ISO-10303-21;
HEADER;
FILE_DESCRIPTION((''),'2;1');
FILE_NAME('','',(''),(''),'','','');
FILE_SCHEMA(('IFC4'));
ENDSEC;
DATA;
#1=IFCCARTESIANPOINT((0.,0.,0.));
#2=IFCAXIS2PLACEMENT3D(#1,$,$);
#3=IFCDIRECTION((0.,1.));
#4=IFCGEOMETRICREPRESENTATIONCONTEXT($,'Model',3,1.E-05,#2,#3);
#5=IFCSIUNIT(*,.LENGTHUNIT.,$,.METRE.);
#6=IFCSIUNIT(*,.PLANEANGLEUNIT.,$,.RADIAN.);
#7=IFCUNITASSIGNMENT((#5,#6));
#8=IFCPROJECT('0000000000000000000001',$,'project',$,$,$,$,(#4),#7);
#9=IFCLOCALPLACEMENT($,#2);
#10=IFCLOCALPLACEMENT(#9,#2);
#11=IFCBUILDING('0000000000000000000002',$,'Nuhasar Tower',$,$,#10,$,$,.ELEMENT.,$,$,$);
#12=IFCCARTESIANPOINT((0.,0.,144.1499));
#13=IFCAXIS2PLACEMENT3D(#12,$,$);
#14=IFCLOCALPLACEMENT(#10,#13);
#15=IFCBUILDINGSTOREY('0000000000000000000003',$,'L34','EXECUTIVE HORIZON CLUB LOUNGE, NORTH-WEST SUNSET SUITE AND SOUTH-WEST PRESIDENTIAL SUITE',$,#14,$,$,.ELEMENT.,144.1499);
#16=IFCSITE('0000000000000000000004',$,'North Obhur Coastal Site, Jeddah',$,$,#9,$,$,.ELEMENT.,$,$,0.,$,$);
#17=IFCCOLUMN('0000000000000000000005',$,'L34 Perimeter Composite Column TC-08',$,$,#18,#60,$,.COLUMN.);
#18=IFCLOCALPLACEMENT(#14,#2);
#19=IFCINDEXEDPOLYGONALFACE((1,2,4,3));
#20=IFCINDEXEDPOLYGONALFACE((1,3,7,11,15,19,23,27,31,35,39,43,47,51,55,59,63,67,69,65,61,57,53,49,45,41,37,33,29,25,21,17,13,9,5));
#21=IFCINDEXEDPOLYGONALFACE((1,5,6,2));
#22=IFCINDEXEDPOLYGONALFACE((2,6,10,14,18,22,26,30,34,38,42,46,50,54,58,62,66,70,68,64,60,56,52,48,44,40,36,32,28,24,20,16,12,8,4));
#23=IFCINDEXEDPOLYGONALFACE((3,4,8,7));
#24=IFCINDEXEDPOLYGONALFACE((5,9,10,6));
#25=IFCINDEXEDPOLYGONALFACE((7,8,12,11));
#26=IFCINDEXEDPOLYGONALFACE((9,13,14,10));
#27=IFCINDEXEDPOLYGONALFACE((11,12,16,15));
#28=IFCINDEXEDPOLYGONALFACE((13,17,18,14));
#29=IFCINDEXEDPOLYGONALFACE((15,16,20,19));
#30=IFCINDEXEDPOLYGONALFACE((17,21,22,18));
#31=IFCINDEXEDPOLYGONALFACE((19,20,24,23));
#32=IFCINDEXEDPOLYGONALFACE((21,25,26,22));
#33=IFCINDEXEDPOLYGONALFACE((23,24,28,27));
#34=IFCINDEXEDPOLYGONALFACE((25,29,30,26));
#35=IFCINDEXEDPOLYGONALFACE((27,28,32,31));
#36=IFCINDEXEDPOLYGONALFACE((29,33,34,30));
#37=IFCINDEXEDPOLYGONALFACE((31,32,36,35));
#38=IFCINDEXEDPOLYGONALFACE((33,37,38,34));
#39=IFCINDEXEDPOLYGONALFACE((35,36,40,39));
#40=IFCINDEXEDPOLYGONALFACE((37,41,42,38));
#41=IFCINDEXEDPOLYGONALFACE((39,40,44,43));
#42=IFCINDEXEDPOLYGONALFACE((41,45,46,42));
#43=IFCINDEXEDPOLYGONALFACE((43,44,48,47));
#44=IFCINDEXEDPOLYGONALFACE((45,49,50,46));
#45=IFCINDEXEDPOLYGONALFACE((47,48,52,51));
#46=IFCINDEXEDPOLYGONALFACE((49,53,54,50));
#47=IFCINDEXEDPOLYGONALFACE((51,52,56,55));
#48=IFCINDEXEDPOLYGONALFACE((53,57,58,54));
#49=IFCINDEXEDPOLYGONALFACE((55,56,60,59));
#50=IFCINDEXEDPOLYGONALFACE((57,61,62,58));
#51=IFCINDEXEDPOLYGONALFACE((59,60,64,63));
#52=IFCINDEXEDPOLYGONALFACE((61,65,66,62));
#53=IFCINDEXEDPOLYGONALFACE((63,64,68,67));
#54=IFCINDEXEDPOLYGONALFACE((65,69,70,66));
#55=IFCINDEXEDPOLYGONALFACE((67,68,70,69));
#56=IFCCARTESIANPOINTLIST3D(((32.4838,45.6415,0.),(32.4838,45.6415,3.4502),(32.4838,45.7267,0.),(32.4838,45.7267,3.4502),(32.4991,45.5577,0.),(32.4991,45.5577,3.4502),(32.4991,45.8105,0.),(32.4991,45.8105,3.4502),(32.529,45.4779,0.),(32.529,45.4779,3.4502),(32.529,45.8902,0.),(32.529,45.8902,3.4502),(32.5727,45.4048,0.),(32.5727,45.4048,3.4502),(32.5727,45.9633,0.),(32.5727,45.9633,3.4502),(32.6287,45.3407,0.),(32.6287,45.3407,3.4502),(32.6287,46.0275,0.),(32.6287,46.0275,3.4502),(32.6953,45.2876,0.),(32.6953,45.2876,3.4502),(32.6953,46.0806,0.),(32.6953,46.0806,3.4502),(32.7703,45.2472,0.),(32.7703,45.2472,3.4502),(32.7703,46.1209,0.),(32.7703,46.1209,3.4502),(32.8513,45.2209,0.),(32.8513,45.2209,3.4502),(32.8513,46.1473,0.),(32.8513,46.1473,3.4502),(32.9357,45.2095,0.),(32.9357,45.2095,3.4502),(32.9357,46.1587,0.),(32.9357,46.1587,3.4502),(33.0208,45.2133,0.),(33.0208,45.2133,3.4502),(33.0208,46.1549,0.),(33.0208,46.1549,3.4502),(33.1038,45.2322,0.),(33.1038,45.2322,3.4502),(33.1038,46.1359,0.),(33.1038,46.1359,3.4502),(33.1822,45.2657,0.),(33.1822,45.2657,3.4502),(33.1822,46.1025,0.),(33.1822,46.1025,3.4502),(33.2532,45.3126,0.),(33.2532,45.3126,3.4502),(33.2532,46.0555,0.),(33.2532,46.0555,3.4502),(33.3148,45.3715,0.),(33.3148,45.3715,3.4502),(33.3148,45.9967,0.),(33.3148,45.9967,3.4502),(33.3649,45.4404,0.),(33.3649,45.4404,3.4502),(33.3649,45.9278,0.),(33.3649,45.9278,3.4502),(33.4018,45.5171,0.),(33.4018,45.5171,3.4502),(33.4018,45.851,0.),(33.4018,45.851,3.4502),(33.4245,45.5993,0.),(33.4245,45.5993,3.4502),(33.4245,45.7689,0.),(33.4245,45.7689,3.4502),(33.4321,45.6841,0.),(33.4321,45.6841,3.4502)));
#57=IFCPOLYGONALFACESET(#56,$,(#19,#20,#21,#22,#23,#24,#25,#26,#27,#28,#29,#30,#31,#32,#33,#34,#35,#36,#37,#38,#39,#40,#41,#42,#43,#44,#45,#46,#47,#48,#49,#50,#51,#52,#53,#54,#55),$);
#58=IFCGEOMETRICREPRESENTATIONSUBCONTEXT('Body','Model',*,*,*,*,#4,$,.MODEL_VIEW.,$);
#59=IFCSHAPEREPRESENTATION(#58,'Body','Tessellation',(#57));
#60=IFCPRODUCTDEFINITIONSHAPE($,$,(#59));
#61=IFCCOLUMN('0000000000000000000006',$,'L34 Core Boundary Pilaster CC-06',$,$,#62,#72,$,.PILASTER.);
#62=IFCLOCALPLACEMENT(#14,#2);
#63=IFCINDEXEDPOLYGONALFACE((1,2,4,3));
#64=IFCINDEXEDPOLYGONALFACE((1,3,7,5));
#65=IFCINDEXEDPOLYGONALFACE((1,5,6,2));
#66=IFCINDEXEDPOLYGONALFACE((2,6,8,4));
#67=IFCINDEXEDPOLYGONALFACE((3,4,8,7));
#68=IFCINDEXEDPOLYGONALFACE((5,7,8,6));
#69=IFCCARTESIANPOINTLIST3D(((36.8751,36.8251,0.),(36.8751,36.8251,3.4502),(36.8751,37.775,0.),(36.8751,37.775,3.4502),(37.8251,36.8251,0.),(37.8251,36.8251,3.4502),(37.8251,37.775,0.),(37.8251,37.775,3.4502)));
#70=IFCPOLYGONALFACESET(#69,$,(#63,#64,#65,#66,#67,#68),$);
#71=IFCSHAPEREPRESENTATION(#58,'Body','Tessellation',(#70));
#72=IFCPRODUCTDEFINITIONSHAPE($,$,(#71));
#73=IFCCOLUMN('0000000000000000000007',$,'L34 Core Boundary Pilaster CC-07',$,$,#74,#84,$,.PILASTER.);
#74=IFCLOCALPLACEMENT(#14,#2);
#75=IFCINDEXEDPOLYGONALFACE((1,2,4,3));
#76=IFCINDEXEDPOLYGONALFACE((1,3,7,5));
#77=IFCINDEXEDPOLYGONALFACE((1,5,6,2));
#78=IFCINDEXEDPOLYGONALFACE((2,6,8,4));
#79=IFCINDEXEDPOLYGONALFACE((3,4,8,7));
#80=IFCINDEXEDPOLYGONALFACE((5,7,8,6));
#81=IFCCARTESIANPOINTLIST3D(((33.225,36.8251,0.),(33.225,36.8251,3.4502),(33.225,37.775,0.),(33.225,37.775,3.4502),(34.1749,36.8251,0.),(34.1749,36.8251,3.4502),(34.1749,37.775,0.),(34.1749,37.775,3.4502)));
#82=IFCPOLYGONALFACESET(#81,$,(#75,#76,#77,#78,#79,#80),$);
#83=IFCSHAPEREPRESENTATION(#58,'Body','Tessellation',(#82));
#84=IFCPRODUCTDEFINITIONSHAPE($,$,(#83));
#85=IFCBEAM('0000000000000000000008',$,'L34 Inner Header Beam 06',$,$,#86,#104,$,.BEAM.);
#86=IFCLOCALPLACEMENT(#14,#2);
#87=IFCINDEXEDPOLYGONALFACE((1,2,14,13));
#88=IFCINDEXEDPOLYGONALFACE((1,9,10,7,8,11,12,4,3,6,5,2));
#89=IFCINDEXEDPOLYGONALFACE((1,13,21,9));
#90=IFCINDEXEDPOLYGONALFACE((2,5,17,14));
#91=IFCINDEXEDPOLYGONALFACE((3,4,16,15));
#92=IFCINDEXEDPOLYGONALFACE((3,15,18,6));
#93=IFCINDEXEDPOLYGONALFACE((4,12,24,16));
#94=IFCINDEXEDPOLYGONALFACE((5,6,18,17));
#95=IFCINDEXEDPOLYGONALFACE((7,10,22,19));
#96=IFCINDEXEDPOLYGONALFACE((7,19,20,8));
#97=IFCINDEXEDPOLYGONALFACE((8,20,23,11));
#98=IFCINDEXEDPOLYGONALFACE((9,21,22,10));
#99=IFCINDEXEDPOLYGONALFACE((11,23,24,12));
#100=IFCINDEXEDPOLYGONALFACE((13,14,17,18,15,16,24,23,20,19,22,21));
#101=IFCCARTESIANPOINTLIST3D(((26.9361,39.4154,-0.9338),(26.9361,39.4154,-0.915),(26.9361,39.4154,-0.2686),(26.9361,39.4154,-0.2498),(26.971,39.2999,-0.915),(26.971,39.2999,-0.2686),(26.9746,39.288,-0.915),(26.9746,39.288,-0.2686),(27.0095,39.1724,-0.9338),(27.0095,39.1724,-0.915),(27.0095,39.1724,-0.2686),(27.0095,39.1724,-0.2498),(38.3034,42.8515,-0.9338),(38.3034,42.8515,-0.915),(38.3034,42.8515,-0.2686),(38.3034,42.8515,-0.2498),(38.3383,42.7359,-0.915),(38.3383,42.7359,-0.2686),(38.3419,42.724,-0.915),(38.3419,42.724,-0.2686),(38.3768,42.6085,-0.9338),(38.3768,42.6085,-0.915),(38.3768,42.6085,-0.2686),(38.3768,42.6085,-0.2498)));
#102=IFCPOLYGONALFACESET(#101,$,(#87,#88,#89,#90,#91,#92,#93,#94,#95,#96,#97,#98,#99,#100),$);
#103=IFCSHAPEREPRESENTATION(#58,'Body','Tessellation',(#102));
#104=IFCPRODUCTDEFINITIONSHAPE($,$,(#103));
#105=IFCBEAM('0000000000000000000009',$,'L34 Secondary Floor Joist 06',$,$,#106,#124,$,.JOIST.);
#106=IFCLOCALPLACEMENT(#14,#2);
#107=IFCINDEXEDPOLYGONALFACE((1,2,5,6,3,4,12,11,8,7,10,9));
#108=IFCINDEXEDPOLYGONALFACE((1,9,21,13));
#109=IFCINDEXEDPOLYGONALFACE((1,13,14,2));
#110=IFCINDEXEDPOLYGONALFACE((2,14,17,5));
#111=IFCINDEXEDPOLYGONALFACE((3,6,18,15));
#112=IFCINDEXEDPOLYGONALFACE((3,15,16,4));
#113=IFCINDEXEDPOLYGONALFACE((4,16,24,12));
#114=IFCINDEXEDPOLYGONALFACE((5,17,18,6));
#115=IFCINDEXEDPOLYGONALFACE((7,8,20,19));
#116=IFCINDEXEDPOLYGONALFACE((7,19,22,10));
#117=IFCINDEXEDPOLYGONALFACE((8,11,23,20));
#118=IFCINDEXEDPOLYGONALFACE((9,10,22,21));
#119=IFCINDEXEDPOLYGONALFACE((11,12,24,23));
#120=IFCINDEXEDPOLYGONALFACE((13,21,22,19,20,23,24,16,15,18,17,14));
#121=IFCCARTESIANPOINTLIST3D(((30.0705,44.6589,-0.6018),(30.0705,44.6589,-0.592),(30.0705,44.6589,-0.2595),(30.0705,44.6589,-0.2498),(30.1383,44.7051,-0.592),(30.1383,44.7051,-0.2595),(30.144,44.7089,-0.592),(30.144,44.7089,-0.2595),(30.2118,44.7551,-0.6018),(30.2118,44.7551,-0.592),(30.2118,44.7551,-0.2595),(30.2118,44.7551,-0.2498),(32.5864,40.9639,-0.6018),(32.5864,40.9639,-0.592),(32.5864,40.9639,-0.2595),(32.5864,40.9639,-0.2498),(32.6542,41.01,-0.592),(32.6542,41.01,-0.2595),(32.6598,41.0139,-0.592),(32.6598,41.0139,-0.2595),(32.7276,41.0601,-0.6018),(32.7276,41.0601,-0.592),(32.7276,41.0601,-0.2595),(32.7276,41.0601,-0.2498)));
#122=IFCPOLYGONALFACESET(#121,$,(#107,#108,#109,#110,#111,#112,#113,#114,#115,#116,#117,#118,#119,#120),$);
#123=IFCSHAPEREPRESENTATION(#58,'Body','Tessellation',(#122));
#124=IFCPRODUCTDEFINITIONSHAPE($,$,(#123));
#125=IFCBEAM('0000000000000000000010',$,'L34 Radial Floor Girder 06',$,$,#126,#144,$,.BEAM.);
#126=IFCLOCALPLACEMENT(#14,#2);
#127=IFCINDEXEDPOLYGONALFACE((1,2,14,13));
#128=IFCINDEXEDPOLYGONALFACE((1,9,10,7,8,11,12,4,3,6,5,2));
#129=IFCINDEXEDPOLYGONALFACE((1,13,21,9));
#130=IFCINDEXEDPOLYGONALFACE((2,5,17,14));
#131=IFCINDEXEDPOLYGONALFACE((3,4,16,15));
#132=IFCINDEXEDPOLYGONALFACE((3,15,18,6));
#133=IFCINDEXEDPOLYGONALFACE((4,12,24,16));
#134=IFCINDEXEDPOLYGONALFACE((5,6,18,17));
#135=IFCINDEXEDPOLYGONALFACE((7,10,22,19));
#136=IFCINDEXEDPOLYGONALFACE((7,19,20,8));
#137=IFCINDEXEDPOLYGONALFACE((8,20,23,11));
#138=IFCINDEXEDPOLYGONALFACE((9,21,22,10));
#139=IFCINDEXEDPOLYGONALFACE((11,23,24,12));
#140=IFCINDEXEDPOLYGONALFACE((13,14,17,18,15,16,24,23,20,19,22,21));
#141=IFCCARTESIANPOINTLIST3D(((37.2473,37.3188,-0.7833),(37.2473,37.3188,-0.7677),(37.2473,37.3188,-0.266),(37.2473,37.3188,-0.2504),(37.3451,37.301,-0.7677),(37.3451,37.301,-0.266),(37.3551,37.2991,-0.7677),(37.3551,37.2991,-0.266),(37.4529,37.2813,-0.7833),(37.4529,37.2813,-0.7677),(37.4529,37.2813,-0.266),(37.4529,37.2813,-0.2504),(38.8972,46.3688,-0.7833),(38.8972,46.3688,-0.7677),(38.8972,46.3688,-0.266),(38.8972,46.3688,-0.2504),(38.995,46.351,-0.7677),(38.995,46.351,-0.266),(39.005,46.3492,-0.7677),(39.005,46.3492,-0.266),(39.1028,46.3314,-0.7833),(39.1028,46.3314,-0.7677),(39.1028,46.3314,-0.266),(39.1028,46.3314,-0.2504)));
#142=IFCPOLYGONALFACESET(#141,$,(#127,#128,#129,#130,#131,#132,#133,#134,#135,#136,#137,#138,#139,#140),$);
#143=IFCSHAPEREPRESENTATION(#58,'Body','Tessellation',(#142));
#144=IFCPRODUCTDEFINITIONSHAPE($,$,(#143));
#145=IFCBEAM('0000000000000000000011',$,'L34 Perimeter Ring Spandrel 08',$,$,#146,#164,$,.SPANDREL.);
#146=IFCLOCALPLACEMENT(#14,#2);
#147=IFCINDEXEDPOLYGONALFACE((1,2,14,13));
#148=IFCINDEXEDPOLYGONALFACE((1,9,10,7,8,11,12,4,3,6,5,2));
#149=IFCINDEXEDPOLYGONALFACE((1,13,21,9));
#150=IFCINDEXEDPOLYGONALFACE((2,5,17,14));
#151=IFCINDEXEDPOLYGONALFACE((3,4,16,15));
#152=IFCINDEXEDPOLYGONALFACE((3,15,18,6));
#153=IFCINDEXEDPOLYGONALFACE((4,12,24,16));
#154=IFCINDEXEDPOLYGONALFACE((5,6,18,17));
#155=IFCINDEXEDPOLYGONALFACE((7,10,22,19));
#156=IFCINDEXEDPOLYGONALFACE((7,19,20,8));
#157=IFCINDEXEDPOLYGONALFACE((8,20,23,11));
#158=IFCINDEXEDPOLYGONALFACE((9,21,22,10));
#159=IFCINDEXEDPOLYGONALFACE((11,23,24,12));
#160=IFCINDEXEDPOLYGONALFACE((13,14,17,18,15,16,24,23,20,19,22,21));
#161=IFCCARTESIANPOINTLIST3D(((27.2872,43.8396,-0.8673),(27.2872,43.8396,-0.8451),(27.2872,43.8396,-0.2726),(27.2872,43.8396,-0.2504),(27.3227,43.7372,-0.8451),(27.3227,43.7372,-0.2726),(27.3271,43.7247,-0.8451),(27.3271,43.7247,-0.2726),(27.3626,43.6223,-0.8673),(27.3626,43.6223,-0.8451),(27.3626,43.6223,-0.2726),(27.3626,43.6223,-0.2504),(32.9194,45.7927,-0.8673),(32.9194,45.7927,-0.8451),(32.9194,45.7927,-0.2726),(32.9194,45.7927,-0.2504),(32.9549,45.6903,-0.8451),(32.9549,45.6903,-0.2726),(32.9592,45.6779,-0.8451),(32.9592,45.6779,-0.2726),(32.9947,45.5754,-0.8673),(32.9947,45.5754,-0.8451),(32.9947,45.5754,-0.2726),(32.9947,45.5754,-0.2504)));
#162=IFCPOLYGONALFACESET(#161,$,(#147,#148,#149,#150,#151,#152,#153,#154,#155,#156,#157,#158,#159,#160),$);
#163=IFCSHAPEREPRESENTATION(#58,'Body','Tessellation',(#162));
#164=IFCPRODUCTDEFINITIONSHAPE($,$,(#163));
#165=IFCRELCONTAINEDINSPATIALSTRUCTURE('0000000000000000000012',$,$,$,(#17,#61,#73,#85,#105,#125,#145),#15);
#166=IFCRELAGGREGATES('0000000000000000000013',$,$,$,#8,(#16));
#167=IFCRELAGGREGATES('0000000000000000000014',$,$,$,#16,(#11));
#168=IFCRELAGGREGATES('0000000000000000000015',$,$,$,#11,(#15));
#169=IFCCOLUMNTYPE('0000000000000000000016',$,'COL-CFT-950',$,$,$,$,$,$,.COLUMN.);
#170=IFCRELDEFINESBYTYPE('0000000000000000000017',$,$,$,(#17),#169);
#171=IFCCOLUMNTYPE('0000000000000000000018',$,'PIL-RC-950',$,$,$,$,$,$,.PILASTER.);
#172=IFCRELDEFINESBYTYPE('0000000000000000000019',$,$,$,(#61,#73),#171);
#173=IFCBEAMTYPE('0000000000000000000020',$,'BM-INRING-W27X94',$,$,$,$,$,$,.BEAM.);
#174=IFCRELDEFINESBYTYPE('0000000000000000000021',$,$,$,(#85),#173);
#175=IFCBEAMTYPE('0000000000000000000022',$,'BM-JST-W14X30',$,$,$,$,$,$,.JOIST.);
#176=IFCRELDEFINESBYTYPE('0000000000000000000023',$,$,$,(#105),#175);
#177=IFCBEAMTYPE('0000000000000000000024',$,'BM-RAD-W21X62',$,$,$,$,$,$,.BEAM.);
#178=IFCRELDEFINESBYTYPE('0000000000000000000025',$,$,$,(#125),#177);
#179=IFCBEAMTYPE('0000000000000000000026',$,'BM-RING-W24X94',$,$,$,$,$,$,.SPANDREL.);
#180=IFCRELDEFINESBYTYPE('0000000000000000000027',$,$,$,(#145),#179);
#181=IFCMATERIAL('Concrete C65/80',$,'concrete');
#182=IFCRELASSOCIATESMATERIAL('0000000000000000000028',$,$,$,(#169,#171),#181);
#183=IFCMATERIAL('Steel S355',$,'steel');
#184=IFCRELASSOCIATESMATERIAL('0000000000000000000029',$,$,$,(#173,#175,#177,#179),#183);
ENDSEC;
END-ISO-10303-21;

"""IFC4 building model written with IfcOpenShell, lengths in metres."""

from ifc_helpers import new_model, si_unit, direction, frame, origin, origin_2d, place, context, subcontext, project, spatial, rectangle, circle, i_section, extrude, material, material_profile, profile_set, type_object, element, save


model = new_model("IFC4")

# Units and contexts
model_context = context("Model", 3, precision=1e-05, world=origin(), true_north=direction((0.0, 1.0)))
body_context = subcontext(model_context, "Body", "Model", "MODEL_VIEW")
ifc_project = project(units=[si_unit("LENGTHUNIT", "METRE"), si_unit("PLANEANGLEUNIT", "RADIAN")], contexts=[model_context])

# Site, building, storey
site_placement = place(None, origin())
site = spatial("IfcSite", under=ifc_project, at=site_placement, Name="North Obhur Coastal Site, Jeddah", CompositionType="ELEMENT", RefElevation=0.0)
building_placement = place(site_placement, origin())
building = spatial("IfcBuilding", under=site, at=building_placement, Name="Nuhasar Tower", CompositionType="ELEMENT")
storey_placement = place(building_placement, frame((0.0, 0.0, 144.1499)))
storey = spatial("IfcBuildingStorey", under=building, at=storey_placement, Name="L34", Description="EXECUTIVE HORIZON CLUB LOUNGE, NORTH-WEST SUNSET SUITE AND SOUTH-WEST PRESIDENTIAL SUITE", CompositionType="ELEMENT", Elevation=144.1499)

# Columns
ifc_material_1 = material(Name="Concrete C65/80", Category="concrete")
ifc_material_profile_1 = material_profile(ifc_material_1, circle(Radius=0.4751, at=origin_2d()), Name="CFT950")
ifc_profile_set_1 = profile_set([ifc_material_profile_1], Name="Concrete C65/80")
column_type_1 = type_object("IfcColumnType", Name="COL-CFT-950", PredefinedType="COLUMN", material=ifc_profile_set_1)
column_placement = place(storey_placement, frame((32.957, 45.6841, 0.0), z_axis=(0.0, 0.0, 1.0), x_axis=(1.0, 0.0, 0.0)))
element("IfcColumn", 1, at=column_placement, inside=storey, type_object=column_type_1, Name="L34 Perimeter Composite Column TC-08", PredefinedType="COLUMN", context=body_context, shape_type="SweptSolid", body=[
    extrude(circle(Radius=0.4751, at=origin_2d()), origin(), (0.0, 0.0, 1.0), 3.4502),
])
ifc_material_profile_2 = material_profile(ifc_material_1, rectangle(XDim=0.95, YDim=0.95, at=origin_2d()), Name="RC950X950")
ifc_profile_set_2 = profile_set([ifc_material_profile_2], Name="Concrete C65/80")
column_type_2 = type_object("IfcColumnType", Name="PIL-RC-950", PredefinedType="PILASTER", material=ifc_profile_set_2)
for number, where, z_axis, x_axis, name in (
    (2, (37.3501, 37.3, 0.0), (0.0, 0.0, 1.0), (1.0, 0.0, 0.0), "L34 Core Boundary Pilaster CC-06"),
    (3, (33.7, 37.3, 0.0), (0.0, 0.0, 1.0), (1.0, 0.0, 0.0), "L34 Core Boundary Pilaster CC-07"),
):
    element("IfcColumn", number, at=place(storey_placement, frame(where, z_axis=z_axis, x_axis=x_axis)), inside=storey, type_object=column_type_2, Name=name, PredefinedType="PILASTER", context=body_context, shape_type="SweptSolid", body=[
        extrude(rectangle(XDim=0.95, YDim=0.95, at=origin_2d()), origin(), (0.0, 0.0, 1.0), 3.4502),
    ])

# Beams
ifc_material_2 = material(Name="Steel S355", Category="steel")
ifc_material_profile_3 = material_profile(ifc_material_2, i_section(OverallWidth=0.2539, OverallDepth=0.6841, WebThickness=0.0125, FlangeThickness=0.0188, at=origin_2d()), Name="W27X94")
ifc_profile_set_3 = profile_set([ifc_material_profile_3], Name="Steel S355")
beam_type_1 = type_object("IfcBeamType", Name="BM-INRING-W27X94", PredefinedType="BEAM", material=ifc_profile_set_3)
beam_1_placement = place(storey_placement, frame((38.3401, 42.73, -0.5918), z_axis=(-0.957224, -0.289347, 0.0), x_axis=(0.289347, -0.957224, 0.0)))
element("IfcBeam", 4, at=beam_1_placement, inside=storey, type_object=beam_type_1, Name="L34 Inner Header Beam 06", PredefinedType="BEAM", context=body_context, shape_type="SweptSolid", body=[
    extrude(i_section(OverallWidth=0.2539, OverallDepth=0.6841, WebThickness=0.0125, FlangeThickness=0.0188, at=origin_2d()), origin(), (0.0, 0.0, 1.0), 11.8752),
])
ifc_material_profile_4 = material_profile(ifc_material_2, i_section(OverallWidth=0.1709, OverallDepth=0.3521, WebThickness=0.0068, FlangeThickness=0.0098, at=origin_2d()), Name="W14X30")
ifc_profile_set_4 = profile_set([ifc_material_profile_4], Name="Steel S355")
beam_type_2 = type_object("IfcBeamType", Name="BM-JST-W14X30", PredefinedType="JOIST", material=ifc_profile_set_4)
beam_2_placement = place(storey_placement, frame((32.657, 41.012, -0.4258), z_axis=(-0.562803, 0.826591, 0.0), x_axis=(-0.826591, -0.562803, 0.0)))
element("IfcBeam", 5, at=beam_2_placement, inside=storey, type_object=beam_type_2, Name="L34 Secondary Floor Joist 06", PredefinedType="JOIST", context=body_context, shape_type="SweptSolid", body=[
    extrude(i_section(OverallWidth=0.1709, OverallDepth=0.3521, WebThickness=0.0068, FlangeThickness=0.0098, at=origin_2d()), origin(), (0.0, 0.0, 1.0), 4.4702),
])
ifc_material_profile_5 = material_profile(ifc_material_2, i_section(OverallWidth=0.209, OverallDepth=0.533, WebThickness=0.0103, FlangeThickness=0.0156, at=origin_2d()), Name="W21X62")
ifc_profile_set_5 = profile_set([ifc_material_profile_5], Name="Steel S355")
beam_type_3 = type_object("IfcBeamType", Name="BM-RAD-W21X62", PredefinedType="BEAM", material=ifc_profile_set_5)
beam_3_placement = place(storey_placement, frame((37.3501, 37.3, -0.5168), z_axis=(0.179353, 0.983785, 0.0), x_axis=(-0.983785, 0.179353, 0.0)))
element("IfcBeam", 6, at=beam_3_placement, inside=storey, type_object=beam_type_3, Name="L34 Radial Floor Girder 06", PredefinedType="BEAM", context=body_context, shape_type="SweptSolid", body=[
    extrude(i_section(OverallWidth=0.209, OverallDepth=0.533, WebThickness=0.0103, FlangeThickness=0.0156, at=origin_2d()), origin(), (0.0, 0.0, 1.0), 9.1992),
])
ifc_material_profile_6 = material_profile(ifc_material_2, i_section(OverallWidth=0.23, OverallDepth=0.6169, WebThickness=0.0132, FlangeThickness=0.0222, at=origin_2d()), Name="W24X94")
ifc_profile_set_6 = profile_set([ifc_material_profile_6], Name="Steel S355")
beam_type_4 = type_object("IfcBeamType", Name="BM-RING-W24X94", PredefinedType="SPANDREL", material=ifc_profile_set_6)
beam_4_placement = place(storey_placement, frame((32.957, 45.6841, -0.5588), z_axis=(-0.944801, -0.327644, 0.0), x_axis=(0.327644, -0.944801, 0.0)))
element("IfcBeam", 7, at=beam_4_placement, inside=storey, type_object=beam_type_4, Name="L34 Perimeter Ring Spandrel 08", PredefinedType="SPANDREL", context=body_context, shape_type="SweptSolid", body=[
    extrude(i_section(OverallWidth=0.23, OverallDepth=0.6169, WebThickness=0.0132, FlangeThickness=0.0222, at=origin_2d()), origin(), (0.0, 0.0, 1.0), 5.9612),
])

save(model, "model.ifc")
